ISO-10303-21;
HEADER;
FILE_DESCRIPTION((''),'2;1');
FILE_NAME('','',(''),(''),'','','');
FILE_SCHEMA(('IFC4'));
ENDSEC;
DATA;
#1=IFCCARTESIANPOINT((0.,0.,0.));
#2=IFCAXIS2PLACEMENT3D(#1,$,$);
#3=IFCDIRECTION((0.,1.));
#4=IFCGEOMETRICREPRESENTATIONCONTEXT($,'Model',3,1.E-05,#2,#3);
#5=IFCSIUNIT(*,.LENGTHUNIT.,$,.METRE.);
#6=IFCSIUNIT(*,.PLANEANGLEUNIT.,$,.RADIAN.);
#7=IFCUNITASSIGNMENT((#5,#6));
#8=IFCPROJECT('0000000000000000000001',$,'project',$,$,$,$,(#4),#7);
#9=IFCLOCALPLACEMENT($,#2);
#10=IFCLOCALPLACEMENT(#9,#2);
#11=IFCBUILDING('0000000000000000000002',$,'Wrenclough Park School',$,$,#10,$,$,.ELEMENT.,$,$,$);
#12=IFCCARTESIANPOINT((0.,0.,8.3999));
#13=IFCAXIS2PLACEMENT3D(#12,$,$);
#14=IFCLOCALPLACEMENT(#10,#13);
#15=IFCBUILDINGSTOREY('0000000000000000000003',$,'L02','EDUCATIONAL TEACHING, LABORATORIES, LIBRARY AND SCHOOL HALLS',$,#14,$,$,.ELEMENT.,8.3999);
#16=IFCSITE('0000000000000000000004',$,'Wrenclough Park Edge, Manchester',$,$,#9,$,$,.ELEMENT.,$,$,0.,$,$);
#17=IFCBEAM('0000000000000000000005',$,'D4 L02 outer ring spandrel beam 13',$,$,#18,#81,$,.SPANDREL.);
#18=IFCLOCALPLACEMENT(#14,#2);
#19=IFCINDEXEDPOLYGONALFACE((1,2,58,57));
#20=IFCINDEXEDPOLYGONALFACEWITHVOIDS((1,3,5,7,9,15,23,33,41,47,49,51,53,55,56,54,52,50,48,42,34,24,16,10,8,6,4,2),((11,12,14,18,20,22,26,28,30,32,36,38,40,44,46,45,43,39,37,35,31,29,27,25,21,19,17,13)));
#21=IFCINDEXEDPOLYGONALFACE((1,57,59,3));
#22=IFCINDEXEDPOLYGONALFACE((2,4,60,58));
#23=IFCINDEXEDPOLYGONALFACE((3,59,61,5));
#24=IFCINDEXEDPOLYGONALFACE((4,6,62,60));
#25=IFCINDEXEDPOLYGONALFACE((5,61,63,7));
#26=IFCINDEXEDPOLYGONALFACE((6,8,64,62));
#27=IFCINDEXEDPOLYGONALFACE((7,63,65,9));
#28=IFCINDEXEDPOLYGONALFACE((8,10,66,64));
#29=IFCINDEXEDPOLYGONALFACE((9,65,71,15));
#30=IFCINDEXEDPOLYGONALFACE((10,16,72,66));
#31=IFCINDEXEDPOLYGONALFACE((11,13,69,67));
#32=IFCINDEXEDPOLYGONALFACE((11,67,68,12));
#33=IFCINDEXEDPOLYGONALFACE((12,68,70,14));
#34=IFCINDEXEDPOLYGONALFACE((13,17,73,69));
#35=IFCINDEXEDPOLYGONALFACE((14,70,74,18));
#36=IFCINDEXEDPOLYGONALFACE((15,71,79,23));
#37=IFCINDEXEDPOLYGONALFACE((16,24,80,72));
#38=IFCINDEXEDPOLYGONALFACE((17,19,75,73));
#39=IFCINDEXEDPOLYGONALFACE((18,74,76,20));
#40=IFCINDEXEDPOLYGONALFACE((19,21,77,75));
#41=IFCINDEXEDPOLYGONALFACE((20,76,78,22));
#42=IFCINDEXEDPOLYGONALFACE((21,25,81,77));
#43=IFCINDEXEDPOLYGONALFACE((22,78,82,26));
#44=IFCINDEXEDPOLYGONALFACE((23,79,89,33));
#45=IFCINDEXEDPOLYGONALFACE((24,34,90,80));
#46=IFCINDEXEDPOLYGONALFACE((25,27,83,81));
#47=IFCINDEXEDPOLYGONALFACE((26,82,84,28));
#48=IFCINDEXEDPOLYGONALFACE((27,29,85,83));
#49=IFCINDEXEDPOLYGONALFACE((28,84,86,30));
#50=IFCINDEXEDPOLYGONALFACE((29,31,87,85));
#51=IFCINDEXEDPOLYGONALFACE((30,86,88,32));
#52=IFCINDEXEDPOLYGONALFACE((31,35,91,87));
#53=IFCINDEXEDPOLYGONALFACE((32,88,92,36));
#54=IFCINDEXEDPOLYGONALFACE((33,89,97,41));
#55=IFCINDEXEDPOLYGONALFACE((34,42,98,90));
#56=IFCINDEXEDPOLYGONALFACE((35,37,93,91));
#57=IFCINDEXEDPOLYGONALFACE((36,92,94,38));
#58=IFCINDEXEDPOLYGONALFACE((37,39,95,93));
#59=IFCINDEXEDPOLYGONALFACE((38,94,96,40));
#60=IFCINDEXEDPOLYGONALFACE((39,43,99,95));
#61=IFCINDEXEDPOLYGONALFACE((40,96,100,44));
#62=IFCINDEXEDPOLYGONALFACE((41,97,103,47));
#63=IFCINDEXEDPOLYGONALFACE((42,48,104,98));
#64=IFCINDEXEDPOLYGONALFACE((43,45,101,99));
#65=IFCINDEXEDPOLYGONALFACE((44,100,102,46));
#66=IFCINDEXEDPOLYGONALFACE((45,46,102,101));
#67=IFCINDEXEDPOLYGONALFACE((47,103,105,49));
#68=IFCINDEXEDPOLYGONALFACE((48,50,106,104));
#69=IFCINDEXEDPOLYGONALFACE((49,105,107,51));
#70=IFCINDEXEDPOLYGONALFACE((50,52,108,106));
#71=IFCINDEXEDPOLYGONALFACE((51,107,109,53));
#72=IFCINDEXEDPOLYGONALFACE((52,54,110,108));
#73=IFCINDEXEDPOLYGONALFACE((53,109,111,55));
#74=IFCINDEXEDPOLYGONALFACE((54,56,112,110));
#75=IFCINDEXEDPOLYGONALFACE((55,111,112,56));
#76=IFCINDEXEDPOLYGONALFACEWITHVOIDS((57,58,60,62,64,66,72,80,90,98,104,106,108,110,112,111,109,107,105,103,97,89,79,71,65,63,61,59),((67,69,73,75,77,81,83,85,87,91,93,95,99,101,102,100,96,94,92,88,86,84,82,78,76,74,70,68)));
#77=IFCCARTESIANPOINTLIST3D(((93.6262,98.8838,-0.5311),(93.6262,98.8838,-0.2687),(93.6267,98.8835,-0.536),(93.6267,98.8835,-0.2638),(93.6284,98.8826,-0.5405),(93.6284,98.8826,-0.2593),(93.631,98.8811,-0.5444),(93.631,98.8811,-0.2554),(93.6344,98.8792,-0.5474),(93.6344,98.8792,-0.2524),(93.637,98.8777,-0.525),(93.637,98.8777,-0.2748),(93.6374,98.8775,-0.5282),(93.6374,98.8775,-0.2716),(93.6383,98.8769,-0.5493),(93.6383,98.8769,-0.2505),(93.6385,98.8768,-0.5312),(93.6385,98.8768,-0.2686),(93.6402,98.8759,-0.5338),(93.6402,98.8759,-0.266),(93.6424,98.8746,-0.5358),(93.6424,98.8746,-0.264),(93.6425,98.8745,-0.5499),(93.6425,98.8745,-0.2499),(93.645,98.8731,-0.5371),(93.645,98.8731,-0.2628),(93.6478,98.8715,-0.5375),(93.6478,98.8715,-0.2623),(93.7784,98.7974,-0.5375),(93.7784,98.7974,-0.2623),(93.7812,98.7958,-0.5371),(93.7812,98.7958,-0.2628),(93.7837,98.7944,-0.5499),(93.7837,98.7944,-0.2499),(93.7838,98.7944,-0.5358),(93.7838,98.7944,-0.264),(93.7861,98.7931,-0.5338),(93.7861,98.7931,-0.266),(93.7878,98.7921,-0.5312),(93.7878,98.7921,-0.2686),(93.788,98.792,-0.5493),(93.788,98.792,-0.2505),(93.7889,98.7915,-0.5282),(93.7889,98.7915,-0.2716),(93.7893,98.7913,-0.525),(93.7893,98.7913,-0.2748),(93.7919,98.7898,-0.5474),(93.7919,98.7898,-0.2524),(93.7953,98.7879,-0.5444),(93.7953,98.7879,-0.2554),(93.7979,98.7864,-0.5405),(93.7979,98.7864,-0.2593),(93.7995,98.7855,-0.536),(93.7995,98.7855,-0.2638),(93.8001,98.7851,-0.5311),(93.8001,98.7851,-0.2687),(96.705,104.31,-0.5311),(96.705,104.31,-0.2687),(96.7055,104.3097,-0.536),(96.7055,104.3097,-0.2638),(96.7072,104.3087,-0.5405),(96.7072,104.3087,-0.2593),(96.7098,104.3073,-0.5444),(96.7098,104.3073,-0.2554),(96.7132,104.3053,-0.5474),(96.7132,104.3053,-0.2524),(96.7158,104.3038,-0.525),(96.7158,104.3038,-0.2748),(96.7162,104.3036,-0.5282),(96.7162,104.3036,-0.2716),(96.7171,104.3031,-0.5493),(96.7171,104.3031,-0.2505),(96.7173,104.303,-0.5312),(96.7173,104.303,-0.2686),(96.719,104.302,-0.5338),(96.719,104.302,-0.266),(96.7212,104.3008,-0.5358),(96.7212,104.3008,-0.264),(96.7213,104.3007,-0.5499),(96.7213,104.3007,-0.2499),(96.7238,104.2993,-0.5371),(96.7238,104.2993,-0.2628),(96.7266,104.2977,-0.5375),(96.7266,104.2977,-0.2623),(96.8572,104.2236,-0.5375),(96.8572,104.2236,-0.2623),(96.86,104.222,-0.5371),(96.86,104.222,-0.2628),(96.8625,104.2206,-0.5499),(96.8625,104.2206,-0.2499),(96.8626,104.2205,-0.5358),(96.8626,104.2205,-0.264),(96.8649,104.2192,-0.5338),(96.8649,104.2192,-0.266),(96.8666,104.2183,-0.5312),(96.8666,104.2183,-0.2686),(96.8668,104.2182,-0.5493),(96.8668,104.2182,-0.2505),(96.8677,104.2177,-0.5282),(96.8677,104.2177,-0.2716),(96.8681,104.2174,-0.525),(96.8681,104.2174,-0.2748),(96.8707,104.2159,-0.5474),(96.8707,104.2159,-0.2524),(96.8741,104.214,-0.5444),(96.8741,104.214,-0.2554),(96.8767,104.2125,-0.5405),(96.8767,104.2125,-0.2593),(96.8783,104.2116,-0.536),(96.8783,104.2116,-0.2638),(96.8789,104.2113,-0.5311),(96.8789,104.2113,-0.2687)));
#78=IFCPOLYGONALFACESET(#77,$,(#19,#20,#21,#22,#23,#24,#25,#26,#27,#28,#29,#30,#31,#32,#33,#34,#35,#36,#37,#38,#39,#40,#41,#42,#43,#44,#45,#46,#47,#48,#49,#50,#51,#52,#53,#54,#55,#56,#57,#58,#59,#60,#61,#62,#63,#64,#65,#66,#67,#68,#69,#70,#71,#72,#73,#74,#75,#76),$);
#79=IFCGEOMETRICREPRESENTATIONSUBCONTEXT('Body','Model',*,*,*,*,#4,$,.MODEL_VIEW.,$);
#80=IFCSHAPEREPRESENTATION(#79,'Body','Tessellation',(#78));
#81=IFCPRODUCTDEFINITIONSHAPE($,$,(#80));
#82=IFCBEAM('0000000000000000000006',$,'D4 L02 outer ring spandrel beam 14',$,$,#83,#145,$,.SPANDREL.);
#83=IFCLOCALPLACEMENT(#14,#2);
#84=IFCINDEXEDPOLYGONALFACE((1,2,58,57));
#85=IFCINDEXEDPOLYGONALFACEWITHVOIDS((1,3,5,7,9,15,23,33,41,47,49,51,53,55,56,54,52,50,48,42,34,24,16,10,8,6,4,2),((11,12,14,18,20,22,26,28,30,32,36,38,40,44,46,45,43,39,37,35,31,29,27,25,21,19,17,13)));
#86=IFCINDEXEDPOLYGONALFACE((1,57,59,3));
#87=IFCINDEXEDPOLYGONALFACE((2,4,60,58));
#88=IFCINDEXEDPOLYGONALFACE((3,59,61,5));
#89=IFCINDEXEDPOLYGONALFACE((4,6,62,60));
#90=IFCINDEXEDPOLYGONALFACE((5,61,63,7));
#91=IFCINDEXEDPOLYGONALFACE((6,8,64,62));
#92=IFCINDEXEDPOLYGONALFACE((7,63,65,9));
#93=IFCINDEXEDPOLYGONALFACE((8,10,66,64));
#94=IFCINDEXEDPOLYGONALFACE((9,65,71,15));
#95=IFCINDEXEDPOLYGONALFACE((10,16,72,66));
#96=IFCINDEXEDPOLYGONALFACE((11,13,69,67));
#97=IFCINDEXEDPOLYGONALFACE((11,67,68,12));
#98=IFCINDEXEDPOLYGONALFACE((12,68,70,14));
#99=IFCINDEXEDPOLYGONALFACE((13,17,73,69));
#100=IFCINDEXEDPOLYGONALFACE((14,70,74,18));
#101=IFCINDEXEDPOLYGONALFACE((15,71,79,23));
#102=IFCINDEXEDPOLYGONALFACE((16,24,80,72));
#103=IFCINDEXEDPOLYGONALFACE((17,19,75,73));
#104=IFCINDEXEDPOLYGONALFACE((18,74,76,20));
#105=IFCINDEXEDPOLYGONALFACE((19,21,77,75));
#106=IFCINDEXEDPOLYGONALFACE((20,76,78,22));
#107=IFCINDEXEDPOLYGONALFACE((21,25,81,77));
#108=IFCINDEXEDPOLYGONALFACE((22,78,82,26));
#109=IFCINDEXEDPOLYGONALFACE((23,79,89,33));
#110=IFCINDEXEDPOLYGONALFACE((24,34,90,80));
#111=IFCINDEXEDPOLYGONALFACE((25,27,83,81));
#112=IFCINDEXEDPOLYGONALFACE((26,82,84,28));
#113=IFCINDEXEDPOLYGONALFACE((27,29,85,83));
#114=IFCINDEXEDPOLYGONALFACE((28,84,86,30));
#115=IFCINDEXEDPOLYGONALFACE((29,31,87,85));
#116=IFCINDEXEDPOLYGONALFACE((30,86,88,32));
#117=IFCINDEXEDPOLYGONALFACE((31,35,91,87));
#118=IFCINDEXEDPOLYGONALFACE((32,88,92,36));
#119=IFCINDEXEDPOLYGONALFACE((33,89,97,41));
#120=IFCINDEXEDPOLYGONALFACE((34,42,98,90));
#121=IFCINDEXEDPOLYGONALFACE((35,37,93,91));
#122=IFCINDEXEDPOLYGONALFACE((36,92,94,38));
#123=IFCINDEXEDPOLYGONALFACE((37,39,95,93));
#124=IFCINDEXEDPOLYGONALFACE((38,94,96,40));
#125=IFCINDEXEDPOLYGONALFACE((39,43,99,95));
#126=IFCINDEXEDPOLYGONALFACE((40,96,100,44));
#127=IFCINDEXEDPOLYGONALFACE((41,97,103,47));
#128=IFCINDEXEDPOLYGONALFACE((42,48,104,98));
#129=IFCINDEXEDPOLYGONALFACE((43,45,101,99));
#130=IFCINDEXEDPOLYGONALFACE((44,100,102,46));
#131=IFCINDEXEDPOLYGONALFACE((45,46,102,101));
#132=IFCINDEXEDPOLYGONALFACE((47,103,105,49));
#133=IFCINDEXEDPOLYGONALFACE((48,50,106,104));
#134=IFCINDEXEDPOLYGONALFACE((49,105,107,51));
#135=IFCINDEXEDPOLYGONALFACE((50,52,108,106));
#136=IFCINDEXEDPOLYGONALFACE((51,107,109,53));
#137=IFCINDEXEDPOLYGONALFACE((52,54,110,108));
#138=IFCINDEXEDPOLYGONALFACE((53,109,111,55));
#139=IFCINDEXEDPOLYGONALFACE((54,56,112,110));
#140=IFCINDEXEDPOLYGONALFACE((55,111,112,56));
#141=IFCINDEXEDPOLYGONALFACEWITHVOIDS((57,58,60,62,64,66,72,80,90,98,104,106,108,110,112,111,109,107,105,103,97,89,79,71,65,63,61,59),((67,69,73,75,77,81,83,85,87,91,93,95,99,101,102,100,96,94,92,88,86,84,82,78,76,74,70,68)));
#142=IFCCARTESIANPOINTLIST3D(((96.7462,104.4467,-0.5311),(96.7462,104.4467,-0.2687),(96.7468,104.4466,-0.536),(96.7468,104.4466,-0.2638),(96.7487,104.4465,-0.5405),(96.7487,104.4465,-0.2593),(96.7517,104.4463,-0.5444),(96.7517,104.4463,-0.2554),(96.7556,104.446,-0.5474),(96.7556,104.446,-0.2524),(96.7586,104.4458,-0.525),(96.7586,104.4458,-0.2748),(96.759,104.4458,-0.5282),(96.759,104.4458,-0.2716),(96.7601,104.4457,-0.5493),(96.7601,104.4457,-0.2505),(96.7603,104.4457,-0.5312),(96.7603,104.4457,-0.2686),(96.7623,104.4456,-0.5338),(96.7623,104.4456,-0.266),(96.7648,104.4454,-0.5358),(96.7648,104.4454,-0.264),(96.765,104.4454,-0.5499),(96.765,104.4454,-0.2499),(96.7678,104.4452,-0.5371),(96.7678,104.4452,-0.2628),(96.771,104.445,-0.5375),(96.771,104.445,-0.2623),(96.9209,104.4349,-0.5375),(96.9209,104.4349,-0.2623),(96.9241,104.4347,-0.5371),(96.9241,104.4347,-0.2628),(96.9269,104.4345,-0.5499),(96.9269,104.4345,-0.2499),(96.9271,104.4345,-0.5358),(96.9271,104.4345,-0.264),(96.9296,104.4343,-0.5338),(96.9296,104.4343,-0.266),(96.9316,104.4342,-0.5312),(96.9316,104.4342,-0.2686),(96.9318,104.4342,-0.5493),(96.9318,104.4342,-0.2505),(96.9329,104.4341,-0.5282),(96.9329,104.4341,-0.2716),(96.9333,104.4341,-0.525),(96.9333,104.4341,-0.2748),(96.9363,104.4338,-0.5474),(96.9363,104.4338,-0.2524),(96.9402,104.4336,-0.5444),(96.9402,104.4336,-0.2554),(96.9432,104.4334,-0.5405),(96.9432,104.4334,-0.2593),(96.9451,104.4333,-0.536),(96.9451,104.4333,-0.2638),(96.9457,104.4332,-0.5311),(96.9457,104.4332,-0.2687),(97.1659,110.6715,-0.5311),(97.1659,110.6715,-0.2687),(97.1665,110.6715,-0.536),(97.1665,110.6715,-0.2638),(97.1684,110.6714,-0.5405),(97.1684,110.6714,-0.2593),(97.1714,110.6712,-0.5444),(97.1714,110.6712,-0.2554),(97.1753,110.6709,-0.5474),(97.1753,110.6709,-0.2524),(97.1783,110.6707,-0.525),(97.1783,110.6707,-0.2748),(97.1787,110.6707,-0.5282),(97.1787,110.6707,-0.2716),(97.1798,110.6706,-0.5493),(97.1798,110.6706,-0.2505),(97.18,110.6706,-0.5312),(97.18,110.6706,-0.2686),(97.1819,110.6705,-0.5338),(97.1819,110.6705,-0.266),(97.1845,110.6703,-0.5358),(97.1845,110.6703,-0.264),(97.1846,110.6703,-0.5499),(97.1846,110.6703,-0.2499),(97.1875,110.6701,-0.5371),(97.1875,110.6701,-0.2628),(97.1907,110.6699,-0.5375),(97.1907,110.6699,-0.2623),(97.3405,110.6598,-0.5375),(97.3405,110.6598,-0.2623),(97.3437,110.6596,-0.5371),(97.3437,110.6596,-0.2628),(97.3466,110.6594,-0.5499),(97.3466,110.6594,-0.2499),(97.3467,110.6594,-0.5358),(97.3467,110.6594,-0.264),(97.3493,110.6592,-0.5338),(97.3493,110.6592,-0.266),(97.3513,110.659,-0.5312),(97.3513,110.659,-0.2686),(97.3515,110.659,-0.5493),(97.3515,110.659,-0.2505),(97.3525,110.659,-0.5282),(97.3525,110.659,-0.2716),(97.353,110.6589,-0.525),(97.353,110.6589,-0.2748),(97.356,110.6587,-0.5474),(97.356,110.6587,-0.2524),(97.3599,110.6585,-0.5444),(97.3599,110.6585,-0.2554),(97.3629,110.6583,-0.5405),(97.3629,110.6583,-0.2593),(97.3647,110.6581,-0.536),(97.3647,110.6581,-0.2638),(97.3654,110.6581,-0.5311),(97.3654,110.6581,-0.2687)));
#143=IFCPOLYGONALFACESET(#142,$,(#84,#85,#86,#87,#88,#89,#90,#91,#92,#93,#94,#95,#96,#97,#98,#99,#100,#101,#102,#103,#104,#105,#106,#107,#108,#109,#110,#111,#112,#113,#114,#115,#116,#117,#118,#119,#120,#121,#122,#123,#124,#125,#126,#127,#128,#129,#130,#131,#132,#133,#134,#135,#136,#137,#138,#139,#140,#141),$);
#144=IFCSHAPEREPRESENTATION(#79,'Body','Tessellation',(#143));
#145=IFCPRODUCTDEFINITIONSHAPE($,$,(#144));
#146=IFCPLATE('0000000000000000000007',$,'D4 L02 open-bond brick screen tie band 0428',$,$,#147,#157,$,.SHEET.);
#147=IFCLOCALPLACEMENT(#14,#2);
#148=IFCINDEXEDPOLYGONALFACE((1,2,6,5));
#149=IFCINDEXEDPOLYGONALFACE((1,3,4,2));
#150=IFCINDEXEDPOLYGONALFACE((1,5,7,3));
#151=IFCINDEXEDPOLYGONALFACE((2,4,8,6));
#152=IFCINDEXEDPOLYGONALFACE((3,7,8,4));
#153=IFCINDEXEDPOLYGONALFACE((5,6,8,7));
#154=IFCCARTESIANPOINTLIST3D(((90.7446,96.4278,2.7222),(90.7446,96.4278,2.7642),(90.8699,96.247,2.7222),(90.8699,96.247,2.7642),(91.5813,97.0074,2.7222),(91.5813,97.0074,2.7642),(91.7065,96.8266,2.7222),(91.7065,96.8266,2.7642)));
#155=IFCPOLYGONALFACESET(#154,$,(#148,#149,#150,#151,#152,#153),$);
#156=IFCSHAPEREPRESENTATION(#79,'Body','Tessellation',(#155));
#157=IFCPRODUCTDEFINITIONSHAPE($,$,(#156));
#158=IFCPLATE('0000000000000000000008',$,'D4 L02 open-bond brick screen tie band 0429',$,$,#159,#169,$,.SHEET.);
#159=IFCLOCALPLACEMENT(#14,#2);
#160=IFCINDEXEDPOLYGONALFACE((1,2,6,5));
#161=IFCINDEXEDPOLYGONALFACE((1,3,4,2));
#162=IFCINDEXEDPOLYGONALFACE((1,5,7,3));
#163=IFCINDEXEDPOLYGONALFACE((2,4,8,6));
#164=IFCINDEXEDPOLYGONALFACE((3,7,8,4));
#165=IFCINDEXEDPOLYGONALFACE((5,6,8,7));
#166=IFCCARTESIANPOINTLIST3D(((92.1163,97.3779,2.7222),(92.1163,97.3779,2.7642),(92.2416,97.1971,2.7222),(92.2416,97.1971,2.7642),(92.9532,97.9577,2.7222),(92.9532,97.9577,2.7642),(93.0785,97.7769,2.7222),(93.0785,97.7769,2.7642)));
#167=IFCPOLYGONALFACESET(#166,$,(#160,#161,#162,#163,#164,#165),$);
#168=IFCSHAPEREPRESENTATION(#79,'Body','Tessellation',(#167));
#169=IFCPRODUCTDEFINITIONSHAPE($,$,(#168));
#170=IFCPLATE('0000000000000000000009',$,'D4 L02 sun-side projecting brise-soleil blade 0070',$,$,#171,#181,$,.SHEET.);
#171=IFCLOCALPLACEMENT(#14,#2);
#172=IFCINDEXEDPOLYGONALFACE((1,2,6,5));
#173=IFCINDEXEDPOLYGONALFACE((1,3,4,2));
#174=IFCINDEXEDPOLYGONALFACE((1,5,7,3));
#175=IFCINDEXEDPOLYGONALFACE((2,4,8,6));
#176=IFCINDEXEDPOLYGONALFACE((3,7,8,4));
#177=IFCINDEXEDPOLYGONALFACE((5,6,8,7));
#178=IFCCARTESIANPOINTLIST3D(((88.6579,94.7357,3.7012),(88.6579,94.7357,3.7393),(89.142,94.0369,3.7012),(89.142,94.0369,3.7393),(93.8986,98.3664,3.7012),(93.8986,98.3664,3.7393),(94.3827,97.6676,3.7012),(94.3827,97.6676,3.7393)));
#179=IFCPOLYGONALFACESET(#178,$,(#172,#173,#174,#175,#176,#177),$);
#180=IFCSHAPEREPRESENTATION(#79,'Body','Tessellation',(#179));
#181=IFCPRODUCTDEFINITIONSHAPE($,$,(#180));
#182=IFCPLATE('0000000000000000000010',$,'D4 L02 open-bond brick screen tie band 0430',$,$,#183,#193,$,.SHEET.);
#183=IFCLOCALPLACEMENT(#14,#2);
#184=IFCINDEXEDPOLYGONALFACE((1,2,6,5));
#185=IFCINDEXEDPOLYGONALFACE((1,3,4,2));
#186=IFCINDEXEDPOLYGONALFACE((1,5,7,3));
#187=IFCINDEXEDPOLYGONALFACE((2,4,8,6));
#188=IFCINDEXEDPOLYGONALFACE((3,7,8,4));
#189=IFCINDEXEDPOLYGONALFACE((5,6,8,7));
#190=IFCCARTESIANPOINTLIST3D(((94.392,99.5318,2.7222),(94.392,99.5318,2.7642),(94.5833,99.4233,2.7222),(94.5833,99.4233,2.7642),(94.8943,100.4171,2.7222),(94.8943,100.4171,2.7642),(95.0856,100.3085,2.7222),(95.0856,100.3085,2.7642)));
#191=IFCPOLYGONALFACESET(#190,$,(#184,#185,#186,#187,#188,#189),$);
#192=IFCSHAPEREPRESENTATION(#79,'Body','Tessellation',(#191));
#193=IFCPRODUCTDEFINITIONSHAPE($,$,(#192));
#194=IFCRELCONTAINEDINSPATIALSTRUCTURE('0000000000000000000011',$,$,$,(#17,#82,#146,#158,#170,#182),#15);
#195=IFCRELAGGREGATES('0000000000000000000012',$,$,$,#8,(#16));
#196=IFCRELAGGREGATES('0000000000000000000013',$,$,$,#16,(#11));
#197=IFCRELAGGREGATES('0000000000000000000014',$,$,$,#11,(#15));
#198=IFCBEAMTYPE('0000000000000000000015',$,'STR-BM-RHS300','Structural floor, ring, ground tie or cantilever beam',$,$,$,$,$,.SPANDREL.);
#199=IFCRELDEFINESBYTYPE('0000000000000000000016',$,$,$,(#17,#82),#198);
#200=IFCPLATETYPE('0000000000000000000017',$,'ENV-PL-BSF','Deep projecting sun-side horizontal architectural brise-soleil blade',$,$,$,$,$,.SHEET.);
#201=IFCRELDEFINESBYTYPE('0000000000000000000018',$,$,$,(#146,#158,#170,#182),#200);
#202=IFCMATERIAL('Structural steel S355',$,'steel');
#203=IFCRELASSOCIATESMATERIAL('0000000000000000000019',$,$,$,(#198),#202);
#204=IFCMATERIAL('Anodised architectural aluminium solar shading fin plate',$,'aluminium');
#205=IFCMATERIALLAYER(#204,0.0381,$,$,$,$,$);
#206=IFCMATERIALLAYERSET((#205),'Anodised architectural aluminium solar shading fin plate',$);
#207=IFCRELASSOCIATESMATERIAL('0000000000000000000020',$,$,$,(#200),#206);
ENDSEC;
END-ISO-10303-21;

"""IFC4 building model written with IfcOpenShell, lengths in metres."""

from ifc_helpers import new_model, si_unit, direction, frame, origin, origin_2d, place, context, subcontext, project, spatial, rectangle, hollow_rectangle, extrude, material, layer, layer_set, material_profile, profile_set, type_object, element, save


model = new_model("IFC4")

# Units and contexts
model_context = context("Model", 3, precision=1e-05, world=origin(), true_north=direction((0.0, 1.0)))
body_context = subcontext(model_context, "Body", "Model", "MODEL_VIEW")
ifc_project = project(units=[si_unit("LENGTHUNIT", "METRE"), si_unit("PLANEANGLEUNIT", "RADIAN")], contexts=[model_context])

# Site, building, storey
site_placement = place(None, origin())
site = spatial("IfcSite", under=ifc_project, at=site_placement, Name="Wrenclough Park Edge, Manchester", CompositionType="ELEMENT", RefElevation=0.0)
building_placement = place(site_placement, origin())
building = spatial("IfcBuilding", under=site, at=building_placement, Name="Wrenclough Park School", CompositionType="ELEMENT")
storey_placement = place(building_placement, frame((0.0, 0.0, 8.3999)))
storey = spatial("IfcBuildingStorey", under=building, at=storey_placement, Name="L02", Description="EDUCATIONAL TEACHING, LABORATORIES, LIBRARY AND SCHOOL HALLS", CompositionType="ELEMENT", Elevation=8.3999)

# Shared definitions
ifc_material_1 = material(Name="Structural steel S355", Category="steel")

# Beams
ifc_material_profile_1 = material_profile(ifc_material_1, hollow_rectangle(XDim=0.2, YDim=0.3, WallThickness=0.0125, InnerFilletRadius=0.0125, OuterFilletRadius=0.0188, at=origin_2d()), Name="RHS 300x200x12.5")
ifc_profile_set_1 = profile_set([ifc_material_profile_1], Name="Structural steel S355")
beam_type = type_object("IfcBeamType", Name="STR-BM-RHS300", Description="Structural floor, ring, ground tie or cantilever beam", PredefinedType="SPANDREL", material=ifc_profile_set_1)
beam_1_placement = place(storey_placement, frame((93.7131, 98.8345, -0.3999), z_axis=(0.493494, 0.869749, 0.0), x_axis=(-0.869749, 0.493494, 0.0)))
element("IfcBeam", 1, at=beam_1_placement, inside=storey, type_object=beam_type, Name="D4 L02 outer ring spandrel beam 13", PredefinedType="SPANDREL", context=body_context, shape_type="SweptSolid", body=[
    extrude(hollow_rectangle(XDim=0.2, YDim=0.3, WallThickness=0.0125, InnerFilletRadius=0.0125, OuterFilletRadius=0.0188, at=origin_2d()), origin(), (0.0, 0.0, 1.0), 6.2388),
])
beam_2_placement = place(storey_placement, frame((96.8459, 104.4399, -0.3999), z_axis=(0.067267, 0.997735, 0.0), x_axis=(-0.997735, 0.067267, 0.0)))
element("IfcBeam", 2, at=beam_2_placement, inside=storey, type_object=beam_type, Name="D4 L02 outer ring spandrel beam 14", PredefinedType="SPANDREL", context=body_context, shape_type="SweptSolid", body=[
    extrude(hollow_rectangle(XDim=0.2, YDim=0.3, WallThickness=0.0125, InnerFilletRadius=0.0125, OuterFilletRadius=0.0188, at=origin_2d()), origin(), (0.0, 0.0, 1.0), 6.239),
])

# Plates
ifc_material_2 = material(Name="Anodised architectural aluminium solar shading fin plate", Category="aluminium")
ifc_layer_1 = layer(ifc_material_2, 0.0381)
ifc_layer_set_1 = layer_set([ifc_layer_1], Name="Anodised architectural aluminium solar shading fin plate")
plate_type = type_object("IfcPlateType", Name="ENV-PL-BSF", Description="Deep projecting sun-side horizontal architectural brise-soleil blade", PredefinedType="SHEET", material=ifc_layer_set_1)
plate_1_placement = place(storey_placement, frame((91.2256, 96.6272, 2.7222), z_axis=(0.0, 0.0, 1.0), x_axis=(0.822008, 0.569476, 0.0)))
element("IfcPlate", 3, at=plate_1_placement, inside=storey, type_object=plate_type, Name="D4 L02 open-bond brick screen tie band 0428", PredefinedType="SHEET", context=body_context, shape_type="SweptSolid", body=[
    extrude(rectangle(XDim=1.0178, YDim=0.22, at=origin_2d()), origin(), (0.0, 0.0, 1.0), 0.042),
])
plate_2_placement = place(storey_placement, frame((92.5974, 97.5774, 2.7222), z_axis=(0.0, 0.0, 1.0), x_axis=(0.822008, 0.569476, 0.0)))
element("IfcPlate", 4, at=plate_2_placement, inside=storey, type_object=plate_type, Name="D4 L02 open-bond brick screen tie band 0429", PredefinedType="SHEET", context=body_context, shape_type="SweptSolid", body=[
    extrude(rectangle(XDim=1.0181, YDim=0.22, at=origin_2d()), origin(), (0.0, 0.0, 1.0), 0.042),
])
plate_3_placement = place(storey_placement, frame((91.5203, 96.2017, 3.7012), z_axis=(0.0, 0.0, 1.0), x_axis=(0.822008, 0.569476, 0.0)))
element("IfcPlate", 5, at=plate_3_placement, inside=storey, type_object=plate_type, Name="D4 L02 sun-side projecting brise-soleil blade 0070", PredefinedType="SHEET", context=body_context, shape_type="SweptSolid", body=[
    extrude(rectangle(XDim=6.3755, YDim=0.8501, at=origin_2d()), origin(), (0.0, 0.0, 1.0), 0.0381),
])
plate_4_placement = place(storey_placement, frame((94.7388, 99.9202, 2.7222), z_axis=(0.0, 0.0, 1.0), x_axis=(0.493509, 0.869741, 0.0)))
element("IfcPlate", 6, at=plate_4_placement, inside=storey, type_object=plate_type, Name="D4 L02 open-bond brick screen tie band 0430", PredefinedType="SHEET", context=body_context, shape_type="SweptSolid", body=[
    extrude(rectangle(XDim=1.0178, YDim=0.22, at=origin_2d()), origin(), (0.0, 0.0, 1.0), 0.042),
])

save(model, "model.ifc")
